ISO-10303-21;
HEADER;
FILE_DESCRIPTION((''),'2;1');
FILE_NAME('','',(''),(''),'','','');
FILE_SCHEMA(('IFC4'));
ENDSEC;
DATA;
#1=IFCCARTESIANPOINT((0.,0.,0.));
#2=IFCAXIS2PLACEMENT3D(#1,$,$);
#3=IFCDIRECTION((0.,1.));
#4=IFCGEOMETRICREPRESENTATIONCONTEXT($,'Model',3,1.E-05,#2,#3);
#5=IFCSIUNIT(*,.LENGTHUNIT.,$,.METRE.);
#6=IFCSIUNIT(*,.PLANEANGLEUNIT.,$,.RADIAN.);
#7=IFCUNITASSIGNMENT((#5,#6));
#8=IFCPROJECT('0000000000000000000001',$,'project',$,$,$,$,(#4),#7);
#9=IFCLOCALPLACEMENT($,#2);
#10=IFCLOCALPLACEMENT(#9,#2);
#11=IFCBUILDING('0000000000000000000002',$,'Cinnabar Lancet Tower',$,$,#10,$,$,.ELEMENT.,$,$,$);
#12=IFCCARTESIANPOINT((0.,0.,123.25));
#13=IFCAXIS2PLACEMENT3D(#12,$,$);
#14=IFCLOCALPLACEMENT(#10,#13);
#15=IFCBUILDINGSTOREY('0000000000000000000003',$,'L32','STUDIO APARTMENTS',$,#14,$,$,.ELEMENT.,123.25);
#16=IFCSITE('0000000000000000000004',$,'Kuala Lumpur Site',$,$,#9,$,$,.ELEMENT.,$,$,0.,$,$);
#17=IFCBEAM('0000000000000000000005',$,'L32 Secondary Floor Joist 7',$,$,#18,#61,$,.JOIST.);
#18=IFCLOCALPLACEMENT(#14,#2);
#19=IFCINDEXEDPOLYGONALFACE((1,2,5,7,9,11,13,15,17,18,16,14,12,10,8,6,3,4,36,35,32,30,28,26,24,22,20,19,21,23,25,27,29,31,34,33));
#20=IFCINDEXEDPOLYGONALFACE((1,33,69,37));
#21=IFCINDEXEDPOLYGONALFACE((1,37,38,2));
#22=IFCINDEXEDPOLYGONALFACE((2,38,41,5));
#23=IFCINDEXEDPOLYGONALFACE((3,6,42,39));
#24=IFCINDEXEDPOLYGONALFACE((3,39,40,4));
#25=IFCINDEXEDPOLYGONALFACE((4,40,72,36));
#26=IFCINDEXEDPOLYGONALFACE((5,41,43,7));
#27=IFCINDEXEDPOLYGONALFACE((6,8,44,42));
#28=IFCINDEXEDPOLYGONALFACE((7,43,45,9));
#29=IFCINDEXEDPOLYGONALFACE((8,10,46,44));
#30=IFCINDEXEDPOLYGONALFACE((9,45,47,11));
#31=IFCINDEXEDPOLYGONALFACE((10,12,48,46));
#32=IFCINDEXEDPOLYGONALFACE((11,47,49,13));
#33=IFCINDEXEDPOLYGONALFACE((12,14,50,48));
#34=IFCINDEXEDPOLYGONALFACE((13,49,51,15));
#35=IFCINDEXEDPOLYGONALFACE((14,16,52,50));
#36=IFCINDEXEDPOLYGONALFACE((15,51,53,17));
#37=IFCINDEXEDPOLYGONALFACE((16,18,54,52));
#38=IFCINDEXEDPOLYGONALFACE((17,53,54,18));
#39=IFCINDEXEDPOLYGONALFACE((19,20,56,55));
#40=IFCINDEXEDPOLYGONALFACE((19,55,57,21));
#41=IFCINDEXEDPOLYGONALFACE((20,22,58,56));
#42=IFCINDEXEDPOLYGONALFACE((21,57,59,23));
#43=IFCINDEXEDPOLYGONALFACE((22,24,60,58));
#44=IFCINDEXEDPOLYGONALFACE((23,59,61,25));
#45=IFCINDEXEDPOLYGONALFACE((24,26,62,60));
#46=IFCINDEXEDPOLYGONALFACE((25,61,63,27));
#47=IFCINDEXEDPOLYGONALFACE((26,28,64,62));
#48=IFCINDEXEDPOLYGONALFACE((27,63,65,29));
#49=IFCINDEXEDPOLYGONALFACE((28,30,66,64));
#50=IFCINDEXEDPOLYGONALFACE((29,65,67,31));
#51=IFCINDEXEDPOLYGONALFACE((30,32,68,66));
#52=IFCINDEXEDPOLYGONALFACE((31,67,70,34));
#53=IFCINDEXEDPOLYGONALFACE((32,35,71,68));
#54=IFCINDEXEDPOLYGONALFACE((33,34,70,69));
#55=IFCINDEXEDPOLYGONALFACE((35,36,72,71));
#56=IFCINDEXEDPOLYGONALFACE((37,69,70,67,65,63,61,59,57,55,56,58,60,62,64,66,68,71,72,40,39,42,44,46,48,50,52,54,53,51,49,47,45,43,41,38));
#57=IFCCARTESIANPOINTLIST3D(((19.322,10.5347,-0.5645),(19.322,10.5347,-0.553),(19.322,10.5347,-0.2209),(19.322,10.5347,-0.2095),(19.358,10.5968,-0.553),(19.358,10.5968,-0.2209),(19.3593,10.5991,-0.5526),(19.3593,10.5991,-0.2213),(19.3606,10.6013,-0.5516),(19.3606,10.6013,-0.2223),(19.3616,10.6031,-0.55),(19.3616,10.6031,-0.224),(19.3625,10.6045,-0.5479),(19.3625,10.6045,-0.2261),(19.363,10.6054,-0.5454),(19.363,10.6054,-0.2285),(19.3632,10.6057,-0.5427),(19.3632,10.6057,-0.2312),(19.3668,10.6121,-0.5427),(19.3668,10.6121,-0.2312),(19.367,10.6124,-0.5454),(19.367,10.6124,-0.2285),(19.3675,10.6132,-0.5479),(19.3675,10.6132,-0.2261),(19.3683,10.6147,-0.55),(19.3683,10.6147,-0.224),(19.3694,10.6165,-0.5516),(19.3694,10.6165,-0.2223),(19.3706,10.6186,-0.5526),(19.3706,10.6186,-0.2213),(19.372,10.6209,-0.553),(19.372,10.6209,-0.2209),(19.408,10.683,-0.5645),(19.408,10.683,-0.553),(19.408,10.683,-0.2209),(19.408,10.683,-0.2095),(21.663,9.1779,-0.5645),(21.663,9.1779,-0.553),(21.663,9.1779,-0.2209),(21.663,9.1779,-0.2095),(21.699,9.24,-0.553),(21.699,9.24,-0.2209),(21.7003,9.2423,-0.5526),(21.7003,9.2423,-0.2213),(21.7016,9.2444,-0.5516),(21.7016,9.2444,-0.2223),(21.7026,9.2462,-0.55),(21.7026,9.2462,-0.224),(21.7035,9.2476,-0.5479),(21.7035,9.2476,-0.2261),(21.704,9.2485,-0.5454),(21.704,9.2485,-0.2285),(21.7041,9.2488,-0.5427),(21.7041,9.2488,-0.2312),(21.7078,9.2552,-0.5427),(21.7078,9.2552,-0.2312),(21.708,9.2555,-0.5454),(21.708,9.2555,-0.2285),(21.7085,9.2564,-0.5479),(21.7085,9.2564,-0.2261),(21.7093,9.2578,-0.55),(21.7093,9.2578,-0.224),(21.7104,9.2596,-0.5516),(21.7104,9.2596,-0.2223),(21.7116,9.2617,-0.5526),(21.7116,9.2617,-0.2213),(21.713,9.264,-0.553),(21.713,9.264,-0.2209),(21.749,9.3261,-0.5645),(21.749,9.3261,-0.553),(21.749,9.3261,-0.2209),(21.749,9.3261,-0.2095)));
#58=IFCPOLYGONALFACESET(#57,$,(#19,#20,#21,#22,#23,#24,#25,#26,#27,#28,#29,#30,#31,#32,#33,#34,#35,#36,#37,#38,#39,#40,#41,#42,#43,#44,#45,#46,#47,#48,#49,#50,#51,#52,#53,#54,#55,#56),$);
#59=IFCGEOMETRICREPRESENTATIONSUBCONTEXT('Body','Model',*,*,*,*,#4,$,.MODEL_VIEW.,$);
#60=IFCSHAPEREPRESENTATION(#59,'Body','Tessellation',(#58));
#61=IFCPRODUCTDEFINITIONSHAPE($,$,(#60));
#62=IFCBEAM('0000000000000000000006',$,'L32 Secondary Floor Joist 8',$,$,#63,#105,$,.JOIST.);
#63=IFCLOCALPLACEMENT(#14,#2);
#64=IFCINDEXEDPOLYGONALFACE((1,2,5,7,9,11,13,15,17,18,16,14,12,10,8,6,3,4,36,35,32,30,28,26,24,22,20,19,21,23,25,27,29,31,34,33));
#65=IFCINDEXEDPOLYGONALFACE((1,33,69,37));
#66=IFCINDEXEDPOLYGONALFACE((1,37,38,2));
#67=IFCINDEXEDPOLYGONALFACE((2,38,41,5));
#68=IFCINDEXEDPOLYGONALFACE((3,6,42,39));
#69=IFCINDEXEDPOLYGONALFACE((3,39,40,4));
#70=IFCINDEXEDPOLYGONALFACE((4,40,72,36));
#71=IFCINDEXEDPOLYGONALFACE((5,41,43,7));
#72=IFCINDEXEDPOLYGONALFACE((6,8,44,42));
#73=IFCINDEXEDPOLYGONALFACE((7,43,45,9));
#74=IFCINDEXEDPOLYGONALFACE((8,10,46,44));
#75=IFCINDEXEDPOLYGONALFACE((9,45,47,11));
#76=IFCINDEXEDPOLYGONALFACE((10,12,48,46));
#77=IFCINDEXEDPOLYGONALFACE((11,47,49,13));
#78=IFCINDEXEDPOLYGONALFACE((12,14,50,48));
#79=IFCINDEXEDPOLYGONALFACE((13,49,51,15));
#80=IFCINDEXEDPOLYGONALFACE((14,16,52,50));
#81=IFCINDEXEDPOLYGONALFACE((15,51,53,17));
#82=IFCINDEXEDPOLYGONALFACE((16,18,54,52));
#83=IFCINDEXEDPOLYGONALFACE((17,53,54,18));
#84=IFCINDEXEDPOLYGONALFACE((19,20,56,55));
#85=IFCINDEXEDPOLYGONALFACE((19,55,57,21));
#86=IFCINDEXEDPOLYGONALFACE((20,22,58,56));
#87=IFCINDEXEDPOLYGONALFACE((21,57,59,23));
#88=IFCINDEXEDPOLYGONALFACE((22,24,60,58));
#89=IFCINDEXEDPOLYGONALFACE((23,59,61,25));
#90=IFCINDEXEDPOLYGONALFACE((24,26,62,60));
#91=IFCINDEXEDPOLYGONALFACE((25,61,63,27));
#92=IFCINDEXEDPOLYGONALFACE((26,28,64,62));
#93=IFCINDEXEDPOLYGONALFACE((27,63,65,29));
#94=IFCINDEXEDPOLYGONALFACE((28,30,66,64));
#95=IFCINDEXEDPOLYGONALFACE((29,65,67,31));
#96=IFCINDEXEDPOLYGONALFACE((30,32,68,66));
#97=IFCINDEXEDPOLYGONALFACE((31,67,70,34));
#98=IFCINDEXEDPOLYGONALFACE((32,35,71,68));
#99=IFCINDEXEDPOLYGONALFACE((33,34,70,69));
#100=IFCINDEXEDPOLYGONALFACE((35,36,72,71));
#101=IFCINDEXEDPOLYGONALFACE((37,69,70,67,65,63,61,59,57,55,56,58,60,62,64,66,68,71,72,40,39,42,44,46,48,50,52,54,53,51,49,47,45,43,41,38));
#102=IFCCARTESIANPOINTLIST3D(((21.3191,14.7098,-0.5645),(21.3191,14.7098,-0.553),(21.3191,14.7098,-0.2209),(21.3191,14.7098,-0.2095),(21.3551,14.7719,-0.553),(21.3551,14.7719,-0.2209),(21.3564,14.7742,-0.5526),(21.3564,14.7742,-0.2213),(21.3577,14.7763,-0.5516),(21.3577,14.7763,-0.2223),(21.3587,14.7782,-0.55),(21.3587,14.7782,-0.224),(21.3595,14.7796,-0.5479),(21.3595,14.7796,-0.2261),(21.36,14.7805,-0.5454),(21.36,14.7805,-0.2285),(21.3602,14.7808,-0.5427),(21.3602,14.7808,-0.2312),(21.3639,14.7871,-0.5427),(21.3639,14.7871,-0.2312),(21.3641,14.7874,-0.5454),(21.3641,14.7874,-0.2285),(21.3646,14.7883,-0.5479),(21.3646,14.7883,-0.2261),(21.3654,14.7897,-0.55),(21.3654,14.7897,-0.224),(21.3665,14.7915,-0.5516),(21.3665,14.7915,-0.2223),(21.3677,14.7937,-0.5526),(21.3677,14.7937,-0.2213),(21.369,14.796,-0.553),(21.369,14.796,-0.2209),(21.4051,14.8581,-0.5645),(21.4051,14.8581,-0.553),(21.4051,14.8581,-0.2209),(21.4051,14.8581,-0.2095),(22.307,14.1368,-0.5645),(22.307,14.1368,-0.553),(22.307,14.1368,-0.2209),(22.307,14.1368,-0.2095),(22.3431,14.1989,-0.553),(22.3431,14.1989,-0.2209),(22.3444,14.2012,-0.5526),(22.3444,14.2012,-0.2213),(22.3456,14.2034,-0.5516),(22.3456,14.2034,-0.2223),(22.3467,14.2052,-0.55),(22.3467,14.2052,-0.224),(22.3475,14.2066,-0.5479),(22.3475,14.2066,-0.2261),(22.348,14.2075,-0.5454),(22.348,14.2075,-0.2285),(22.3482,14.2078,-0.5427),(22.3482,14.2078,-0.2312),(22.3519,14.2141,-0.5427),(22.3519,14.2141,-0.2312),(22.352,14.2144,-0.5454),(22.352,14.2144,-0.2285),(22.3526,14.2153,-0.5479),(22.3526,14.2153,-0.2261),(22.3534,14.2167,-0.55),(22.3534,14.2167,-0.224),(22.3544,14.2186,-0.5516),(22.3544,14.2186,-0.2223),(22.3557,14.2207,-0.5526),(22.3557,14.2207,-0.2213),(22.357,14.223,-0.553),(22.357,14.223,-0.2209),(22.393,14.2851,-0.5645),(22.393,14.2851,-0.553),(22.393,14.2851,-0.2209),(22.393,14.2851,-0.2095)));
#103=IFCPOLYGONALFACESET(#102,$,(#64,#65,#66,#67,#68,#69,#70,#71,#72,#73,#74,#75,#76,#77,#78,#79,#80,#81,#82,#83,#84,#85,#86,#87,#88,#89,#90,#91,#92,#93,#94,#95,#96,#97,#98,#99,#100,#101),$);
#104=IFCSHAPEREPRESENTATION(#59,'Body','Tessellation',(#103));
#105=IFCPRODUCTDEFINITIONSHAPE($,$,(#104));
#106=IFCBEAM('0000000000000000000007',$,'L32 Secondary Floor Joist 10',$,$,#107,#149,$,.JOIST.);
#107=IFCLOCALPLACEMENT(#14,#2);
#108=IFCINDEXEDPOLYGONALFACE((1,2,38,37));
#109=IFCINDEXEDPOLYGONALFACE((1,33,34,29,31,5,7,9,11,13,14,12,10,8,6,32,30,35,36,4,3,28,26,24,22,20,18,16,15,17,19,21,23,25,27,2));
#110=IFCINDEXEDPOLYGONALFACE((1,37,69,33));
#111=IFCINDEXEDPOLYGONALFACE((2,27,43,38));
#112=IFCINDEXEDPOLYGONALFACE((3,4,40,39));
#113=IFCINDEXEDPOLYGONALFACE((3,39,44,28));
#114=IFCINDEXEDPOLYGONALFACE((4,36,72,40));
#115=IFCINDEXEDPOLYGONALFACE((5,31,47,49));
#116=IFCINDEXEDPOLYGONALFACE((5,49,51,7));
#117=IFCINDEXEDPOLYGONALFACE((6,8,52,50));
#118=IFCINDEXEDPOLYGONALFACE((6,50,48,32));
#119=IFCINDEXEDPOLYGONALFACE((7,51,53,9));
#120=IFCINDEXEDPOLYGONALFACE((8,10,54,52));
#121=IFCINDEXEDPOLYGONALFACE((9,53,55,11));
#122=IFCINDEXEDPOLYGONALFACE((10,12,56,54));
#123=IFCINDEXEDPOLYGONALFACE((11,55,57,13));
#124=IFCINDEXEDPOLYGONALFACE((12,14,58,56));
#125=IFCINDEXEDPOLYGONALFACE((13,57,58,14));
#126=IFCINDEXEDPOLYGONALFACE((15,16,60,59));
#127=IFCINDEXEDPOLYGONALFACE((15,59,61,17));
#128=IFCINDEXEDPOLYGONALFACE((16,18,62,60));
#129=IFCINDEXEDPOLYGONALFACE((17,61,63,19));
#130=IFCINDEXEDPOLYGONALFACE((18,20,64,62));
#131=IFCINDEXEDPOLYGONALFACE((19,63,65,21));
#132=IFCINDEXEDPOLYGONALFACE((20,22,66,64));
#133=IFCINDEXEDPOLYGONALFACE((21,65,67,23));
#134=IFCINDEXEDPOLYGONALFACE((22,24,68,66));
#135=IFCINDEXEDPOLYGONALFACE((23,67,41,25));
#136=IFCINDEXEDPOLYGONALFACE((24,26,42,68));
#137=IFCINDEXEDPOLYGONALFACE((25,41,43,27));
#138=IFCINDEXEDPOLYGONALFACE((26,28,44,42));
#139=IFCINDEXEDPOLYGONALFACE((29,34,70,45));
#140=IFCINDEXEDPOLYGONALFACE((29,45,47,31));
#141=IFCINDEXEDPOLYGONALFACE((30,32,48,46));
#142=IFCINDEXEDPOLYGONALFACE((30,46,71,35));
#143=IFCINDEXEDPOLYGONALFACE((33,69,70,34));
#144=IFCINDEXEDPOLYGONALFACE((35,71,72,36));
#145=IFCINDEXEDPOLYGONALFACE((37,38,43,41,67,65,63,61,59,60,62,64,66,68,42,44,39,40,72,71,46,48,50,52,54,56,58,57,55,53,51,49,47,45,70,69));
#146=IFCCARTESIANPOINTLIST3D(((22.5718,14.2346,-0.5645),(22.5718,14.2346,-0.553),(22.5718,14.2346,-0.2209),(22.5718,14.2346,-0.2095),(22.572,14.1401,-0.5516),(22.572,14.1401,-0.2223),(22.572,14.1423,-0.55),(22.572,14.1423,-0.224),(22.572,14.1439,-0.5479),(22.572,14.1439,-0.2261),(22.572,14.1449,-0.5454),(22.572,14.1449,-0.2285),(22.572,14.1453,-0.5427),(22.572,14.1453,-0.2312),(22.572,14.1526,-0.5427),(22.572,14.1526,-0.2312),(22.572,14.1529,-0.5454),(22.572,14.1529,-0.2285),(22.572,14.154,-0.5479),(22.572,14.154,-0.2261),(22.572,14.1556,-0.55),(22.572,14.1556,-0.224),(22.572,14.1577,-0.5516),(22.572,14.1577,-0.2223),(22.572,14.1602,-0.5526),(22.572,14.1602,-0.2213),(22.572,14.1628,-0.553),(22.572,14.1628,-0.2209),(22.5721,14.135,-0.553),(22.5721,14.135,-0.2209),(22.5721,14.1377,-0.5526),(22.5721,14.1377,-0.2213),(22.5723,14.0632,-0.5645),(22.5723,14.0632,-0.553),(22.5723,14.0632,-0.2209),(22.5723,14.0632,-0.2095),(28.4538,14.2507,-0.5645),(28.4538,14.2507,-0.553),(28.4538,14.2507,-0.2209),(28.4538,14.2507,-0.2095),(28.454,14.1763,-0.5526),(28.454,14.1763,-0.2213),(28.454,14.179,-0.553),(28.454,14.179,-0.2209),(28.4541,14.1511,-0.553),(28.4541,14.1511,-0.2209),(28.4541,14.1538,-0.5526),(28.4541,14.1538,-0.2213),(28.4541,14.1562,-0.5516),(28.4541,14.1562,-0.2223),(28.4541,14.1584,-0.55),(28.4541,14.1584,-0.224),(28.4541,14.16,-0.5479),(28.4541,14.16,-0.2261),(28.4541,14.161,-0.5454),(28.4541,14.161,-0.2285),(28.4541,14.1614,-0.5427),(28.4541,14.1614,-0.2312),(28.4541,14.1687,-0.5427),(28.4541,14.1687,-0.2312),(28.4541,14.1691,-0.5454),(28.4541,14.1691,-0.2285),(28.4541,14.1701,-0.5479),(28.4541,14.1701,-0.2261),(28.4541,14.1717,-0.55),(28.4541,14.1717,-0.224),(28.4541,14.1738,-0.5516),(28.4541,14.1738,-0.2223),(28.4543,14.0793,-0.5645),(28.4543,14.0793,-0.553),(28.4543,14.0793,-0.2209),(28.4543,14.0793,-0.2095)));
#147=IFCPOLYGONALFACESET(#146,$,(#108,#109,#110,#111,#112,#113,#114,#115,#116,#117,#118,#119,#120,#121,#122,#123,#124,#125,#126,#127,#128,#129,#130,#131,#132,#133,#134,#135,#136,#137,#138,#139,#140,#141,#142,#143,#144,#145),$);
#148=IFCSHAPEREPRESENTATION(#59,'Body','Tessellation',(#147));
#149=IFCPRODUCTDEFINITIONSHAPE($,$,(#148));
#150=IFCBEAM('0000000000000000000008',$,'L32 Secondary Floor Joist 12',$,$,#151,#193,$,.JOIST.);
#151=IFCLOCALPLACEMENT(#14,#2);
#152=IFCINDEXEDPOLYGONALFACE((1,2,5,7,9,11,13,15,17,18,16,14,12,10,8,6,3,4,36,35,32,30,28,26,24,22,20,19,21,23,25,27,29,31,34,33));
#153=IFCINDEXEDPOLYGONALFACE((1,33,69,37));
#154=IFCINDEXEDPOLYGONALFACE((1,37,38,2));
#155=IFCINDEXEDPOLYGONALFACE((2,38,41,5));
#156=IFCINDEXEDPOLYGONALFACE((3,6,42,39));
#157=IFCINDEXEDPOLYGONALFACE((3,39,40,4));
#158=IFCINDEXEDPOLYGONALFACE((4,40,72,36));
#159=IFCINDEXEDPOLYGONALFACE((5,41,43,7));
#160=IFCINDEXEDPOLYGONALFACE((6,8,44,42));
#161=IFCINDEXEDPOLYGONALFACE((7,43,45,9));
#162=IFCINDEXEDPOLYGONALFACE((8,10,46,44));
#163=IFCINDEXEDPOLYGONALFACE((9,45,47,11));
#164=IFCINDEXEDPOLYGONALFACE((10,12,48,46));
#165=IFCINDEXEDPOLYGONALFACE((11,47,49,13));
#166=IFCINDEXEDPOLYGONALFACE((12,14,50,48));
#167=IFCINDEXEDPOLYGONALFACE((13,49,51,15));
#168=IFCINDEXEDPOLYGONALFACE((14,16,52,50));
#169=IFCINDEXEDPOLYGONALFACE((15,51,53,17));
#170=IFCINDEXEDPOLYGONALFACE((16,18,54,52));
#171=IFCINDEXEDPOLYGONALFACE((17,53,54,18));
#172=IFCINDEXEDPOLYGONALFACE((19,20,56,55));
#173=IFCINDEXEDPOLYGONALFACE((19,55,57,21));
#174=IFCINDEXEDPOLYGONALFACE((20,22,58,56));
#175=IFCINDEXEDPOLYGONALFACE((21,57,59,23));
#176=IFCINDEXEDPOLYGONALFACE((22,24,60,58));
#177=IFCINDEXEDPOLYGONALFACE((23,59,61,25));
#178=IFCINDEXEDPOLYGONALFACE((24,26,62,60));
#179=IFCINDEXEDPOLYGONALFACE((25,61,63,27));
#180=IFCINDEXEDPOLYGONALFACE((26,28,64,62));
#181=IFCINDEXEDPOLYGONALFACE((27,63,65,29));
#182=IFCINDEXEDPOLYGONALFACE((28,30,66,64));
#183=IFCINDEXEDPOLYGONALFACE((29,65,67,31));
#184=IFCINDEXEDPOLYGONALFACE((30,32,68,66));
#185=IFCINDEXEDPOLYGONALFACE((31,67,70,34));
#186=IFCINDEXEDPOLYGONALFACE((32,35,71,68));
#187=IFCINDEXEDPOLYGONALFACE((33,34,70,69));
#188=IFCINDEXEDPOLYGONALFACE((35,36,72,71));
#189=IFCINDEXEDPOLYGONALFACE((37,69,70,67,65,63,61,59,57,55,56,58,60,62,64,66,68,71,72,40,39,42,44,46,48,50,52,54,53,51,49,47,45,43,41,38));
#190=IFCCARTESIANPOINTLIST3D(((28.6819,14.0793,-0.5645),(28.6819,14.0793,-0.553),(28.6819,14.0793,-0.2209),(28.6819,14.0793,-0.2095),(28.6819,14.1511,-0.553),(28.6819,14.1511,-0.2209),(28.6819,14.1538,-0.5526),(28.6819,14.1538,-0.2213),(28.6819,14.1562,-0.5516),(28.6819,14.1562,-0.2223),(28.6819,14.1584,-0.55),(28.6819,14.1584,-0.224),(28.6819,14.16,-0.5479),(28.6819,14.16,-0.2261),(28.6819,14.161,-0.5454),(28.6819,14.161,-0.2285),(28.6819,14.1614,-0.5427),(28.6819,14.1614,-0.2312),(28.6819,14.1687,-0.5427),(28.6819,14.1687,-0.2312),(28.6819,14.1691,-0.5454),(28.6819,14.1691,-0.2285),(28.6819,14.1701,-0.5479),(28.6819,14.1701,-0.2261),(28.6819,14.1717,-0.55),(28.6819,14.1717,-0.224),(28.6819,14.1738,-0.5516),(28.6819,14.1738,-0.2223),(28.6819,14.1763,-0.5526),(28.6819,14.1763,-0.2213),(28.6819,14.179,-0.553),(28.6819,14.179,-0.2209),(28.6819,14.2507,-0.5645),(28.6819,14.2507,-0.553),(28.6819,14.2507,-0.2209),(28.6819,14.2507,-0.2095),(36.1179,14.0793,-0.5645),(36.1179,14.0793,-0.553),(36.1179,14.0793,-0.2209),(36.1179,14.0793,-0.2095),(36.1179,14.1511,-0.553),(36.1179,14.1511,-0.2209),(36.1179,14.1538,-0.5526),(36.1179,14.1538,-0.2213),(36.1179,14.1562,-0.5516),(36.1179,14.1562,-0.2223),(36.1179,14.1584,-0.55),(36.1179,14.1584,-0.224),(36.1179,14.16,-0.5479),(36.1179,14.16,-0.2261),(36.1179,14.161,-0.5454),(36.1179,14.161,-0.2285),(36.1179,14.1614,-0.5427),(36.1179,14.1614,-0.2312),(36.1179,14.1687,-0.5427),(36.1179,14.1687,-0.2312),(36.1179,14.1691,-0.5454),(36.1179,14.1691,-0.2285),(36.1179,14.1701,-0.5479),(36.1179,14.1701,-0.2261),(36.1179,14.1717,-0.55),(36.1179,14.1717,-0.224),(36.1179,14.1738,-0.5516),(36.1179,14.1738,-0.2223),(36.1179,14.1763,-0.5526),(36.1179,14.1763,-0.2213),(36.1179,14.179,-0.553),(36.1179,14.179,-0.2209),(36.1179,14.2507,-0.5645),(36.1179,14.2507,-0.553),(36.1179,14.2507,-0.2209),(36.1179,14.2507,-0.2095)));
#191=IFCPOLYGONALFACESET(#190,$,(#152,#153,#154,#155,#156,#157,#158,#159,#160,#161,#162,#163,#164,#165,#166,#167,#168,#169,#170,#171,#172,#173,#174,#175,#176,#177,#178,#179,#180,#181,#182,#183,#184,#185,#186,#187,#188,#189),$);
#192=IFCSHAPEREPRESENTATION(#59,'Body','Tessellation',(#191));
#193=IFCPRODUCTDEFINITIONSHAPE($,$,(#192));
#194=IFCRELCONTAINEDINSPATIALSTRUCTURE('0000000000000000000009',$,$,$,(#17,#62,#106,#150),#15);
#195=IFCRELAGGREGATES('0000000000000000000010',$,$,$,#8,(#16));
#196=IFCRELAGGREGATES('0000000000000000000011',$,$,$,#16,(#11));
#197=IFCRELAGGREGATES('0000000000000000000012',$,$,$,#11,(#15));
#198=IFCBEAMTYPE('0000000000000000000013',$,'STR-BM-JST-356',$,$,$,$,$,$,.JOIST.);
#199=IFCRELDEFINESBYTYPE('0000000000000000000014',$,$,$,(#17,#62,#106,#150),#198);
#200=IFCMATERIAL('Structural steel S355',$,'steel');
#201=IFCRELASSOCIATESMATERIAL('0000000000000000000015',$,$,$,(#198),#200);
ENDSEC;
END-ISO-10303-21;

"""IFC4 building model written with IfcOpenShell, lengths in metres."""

from ifc_helpers import new_model, si_unit, direction, frame, origin, origin_2d, place, context, subcontext, project, spatial, i_section, extrude, material, material_profile, profile_set, type_object, element, save


model = new_model("IFC4")

# Units and contexts
model_context = context("Model", 3, precision=1e-05, world=origin(), true_north=direction((0.0, 1.0)))
body_context = subcontext(model_context, "Body", "Model", "MODEL_VIEW")
ifc_project = project(units=[si_unit("LENGTHUNIT", "METRE"), si_unit("PLANEANGLEUNIT", "RADIAN")], contexts=[model_context])

# Site, building, storey
site_placement = place(None, origin())
site = spatial("IfcSite", under=ifc_project, at=site_placement, Name="Kuala Lumpur Site", CompositionType="ELEMENT", RefElevation=0.0)
building_placement = place(site_placement, origin())
building = spatial("IfcBuilding", under=site, at=building_placement, Name="Cinnabar Lancet Tower", CompositionType="ELEMENT")
storey_placement = place(building_placement, frame((0.0, 0.0, 123.25)))
storey = spatial("IfcBuildingStorey", under=building, at=storey_placement, Name="L32", Description="STUDIO APARTMENTS", CompositionType="ELEMENT", Elevation=123.25)

# Beams
ifc_material_1 = material(Name="Structural steel S355", Category="steel")
ifc_material_profile_1 = material_profile(ifc_material_1, i_section(OverallWidth=0.1714, OverallDepth=0.355, WebThickness=0.0073, FlangeThickness=0.0115, FilletRadius=0.0103, at=origin_2d()), Name="UKB 356x171x51")
ifc_profile_set_1 = profile_set([ifc_material_profile_1], Name="Structural steel S355")
beam_type_1 = type_object("IfcBeamType", Name="STR-BM-JST-356", PredefinedType="JOIST", material=ifc_profile_set_1)
beam_1_placement = place(storey_placement, frame((19.365, 10.6089, -0.387), z_axis=(0.865173, -0.501474, 0.0), x_axis=(0.501474, 0.865173, 0.0)))
element("IfcBeam", 1, at=beam_1_placement, inside=storey, type_object=beam_type_1, Name="L32 Secondary Floor Joist 7", PredefinedType="JOIST", context=body_context, shape_type="SweptSolid", body=[
    extrude(i_section(OverallWidth=0.1714, OverallDepth=0.355, WebThickness=0.0073, FlangeThickness=0.0115, FilletRadius=0.0103, at=origin_2d()), origin(), (0.0, 0.0, 1.0), 2.7058),
])
beam_2_placement = place(storey_placement, frame((21.3621, 14.7839, -0.387), z_axis=(0.865055, -0.501677, 0.0), x_axis=(0.501677, 0.865055, 0.0)))
element("IfcBeam", 2, at=beam_2_placement, inside=storey, type_object=beam_type_1, Name="L32 Secondary Floor Joist 8", PredefinedType="JOIST", context=body_context, shape_type="SweptSolid", body=[
    extrude(i_section(OverallWidth=0.1714, OverallDepth=0.355, WebThickness=0.0073, FlangeThickness=0.0115, FilletRadius=0.0103, at=origin_2d()), origin(), (0.0, 0.0, 1.0), 1.1421),
])
beam_3_placement = place(storey_placement, frame((22.572, 14.1489, -0.387), z_axis=(0.999996, 0.002739, 0.0), x_axis=(-0.002739, 0.999996, 0.0)))
element("IfcBeam", 3, at=beam_3_placement, inside=storey, type_object=beam_type_1, Name="L32 Secondary Floor Joist 10", PredefinedType="JOIST", context=body_context, shape_type="SweptSolid", body=[
    extrude(i_section(OverallWidth=0.1714, OverallDepth=0.355, WebThickness=0.0073, FlangeThickness=0.0115, FilletRadius=0.0103, at=origin_2d()), origin(), (0.0, 0.0, 1.0), 5.8821),
])
beam_4_placement = place(storey_placement, frame((28.6819, 14.165, -0.387), z_axis=(1.0, 0.0, 0.0), x_axis=(0.0, 1.0, 0.0)))
element("IfcBeam", 4, at=beam_4_placement, inside=storey, type_object=beam_type_1, Name="L32 Secondary Floor Joist 12", PredefinedType="JOIST", context=body_context, shape_type="SweptSolid", body=[
    extrude(i_section(OverallWidth=0.1714, OverallDepth=0.355, WebThickness=0.0073, FlangeThickness=0.0115, FilletRadius=0.0103, at=origin_2d()), origin(), (0.0, 0.0, 1.0), 7.436),
])

save(model, "model.ifc")
